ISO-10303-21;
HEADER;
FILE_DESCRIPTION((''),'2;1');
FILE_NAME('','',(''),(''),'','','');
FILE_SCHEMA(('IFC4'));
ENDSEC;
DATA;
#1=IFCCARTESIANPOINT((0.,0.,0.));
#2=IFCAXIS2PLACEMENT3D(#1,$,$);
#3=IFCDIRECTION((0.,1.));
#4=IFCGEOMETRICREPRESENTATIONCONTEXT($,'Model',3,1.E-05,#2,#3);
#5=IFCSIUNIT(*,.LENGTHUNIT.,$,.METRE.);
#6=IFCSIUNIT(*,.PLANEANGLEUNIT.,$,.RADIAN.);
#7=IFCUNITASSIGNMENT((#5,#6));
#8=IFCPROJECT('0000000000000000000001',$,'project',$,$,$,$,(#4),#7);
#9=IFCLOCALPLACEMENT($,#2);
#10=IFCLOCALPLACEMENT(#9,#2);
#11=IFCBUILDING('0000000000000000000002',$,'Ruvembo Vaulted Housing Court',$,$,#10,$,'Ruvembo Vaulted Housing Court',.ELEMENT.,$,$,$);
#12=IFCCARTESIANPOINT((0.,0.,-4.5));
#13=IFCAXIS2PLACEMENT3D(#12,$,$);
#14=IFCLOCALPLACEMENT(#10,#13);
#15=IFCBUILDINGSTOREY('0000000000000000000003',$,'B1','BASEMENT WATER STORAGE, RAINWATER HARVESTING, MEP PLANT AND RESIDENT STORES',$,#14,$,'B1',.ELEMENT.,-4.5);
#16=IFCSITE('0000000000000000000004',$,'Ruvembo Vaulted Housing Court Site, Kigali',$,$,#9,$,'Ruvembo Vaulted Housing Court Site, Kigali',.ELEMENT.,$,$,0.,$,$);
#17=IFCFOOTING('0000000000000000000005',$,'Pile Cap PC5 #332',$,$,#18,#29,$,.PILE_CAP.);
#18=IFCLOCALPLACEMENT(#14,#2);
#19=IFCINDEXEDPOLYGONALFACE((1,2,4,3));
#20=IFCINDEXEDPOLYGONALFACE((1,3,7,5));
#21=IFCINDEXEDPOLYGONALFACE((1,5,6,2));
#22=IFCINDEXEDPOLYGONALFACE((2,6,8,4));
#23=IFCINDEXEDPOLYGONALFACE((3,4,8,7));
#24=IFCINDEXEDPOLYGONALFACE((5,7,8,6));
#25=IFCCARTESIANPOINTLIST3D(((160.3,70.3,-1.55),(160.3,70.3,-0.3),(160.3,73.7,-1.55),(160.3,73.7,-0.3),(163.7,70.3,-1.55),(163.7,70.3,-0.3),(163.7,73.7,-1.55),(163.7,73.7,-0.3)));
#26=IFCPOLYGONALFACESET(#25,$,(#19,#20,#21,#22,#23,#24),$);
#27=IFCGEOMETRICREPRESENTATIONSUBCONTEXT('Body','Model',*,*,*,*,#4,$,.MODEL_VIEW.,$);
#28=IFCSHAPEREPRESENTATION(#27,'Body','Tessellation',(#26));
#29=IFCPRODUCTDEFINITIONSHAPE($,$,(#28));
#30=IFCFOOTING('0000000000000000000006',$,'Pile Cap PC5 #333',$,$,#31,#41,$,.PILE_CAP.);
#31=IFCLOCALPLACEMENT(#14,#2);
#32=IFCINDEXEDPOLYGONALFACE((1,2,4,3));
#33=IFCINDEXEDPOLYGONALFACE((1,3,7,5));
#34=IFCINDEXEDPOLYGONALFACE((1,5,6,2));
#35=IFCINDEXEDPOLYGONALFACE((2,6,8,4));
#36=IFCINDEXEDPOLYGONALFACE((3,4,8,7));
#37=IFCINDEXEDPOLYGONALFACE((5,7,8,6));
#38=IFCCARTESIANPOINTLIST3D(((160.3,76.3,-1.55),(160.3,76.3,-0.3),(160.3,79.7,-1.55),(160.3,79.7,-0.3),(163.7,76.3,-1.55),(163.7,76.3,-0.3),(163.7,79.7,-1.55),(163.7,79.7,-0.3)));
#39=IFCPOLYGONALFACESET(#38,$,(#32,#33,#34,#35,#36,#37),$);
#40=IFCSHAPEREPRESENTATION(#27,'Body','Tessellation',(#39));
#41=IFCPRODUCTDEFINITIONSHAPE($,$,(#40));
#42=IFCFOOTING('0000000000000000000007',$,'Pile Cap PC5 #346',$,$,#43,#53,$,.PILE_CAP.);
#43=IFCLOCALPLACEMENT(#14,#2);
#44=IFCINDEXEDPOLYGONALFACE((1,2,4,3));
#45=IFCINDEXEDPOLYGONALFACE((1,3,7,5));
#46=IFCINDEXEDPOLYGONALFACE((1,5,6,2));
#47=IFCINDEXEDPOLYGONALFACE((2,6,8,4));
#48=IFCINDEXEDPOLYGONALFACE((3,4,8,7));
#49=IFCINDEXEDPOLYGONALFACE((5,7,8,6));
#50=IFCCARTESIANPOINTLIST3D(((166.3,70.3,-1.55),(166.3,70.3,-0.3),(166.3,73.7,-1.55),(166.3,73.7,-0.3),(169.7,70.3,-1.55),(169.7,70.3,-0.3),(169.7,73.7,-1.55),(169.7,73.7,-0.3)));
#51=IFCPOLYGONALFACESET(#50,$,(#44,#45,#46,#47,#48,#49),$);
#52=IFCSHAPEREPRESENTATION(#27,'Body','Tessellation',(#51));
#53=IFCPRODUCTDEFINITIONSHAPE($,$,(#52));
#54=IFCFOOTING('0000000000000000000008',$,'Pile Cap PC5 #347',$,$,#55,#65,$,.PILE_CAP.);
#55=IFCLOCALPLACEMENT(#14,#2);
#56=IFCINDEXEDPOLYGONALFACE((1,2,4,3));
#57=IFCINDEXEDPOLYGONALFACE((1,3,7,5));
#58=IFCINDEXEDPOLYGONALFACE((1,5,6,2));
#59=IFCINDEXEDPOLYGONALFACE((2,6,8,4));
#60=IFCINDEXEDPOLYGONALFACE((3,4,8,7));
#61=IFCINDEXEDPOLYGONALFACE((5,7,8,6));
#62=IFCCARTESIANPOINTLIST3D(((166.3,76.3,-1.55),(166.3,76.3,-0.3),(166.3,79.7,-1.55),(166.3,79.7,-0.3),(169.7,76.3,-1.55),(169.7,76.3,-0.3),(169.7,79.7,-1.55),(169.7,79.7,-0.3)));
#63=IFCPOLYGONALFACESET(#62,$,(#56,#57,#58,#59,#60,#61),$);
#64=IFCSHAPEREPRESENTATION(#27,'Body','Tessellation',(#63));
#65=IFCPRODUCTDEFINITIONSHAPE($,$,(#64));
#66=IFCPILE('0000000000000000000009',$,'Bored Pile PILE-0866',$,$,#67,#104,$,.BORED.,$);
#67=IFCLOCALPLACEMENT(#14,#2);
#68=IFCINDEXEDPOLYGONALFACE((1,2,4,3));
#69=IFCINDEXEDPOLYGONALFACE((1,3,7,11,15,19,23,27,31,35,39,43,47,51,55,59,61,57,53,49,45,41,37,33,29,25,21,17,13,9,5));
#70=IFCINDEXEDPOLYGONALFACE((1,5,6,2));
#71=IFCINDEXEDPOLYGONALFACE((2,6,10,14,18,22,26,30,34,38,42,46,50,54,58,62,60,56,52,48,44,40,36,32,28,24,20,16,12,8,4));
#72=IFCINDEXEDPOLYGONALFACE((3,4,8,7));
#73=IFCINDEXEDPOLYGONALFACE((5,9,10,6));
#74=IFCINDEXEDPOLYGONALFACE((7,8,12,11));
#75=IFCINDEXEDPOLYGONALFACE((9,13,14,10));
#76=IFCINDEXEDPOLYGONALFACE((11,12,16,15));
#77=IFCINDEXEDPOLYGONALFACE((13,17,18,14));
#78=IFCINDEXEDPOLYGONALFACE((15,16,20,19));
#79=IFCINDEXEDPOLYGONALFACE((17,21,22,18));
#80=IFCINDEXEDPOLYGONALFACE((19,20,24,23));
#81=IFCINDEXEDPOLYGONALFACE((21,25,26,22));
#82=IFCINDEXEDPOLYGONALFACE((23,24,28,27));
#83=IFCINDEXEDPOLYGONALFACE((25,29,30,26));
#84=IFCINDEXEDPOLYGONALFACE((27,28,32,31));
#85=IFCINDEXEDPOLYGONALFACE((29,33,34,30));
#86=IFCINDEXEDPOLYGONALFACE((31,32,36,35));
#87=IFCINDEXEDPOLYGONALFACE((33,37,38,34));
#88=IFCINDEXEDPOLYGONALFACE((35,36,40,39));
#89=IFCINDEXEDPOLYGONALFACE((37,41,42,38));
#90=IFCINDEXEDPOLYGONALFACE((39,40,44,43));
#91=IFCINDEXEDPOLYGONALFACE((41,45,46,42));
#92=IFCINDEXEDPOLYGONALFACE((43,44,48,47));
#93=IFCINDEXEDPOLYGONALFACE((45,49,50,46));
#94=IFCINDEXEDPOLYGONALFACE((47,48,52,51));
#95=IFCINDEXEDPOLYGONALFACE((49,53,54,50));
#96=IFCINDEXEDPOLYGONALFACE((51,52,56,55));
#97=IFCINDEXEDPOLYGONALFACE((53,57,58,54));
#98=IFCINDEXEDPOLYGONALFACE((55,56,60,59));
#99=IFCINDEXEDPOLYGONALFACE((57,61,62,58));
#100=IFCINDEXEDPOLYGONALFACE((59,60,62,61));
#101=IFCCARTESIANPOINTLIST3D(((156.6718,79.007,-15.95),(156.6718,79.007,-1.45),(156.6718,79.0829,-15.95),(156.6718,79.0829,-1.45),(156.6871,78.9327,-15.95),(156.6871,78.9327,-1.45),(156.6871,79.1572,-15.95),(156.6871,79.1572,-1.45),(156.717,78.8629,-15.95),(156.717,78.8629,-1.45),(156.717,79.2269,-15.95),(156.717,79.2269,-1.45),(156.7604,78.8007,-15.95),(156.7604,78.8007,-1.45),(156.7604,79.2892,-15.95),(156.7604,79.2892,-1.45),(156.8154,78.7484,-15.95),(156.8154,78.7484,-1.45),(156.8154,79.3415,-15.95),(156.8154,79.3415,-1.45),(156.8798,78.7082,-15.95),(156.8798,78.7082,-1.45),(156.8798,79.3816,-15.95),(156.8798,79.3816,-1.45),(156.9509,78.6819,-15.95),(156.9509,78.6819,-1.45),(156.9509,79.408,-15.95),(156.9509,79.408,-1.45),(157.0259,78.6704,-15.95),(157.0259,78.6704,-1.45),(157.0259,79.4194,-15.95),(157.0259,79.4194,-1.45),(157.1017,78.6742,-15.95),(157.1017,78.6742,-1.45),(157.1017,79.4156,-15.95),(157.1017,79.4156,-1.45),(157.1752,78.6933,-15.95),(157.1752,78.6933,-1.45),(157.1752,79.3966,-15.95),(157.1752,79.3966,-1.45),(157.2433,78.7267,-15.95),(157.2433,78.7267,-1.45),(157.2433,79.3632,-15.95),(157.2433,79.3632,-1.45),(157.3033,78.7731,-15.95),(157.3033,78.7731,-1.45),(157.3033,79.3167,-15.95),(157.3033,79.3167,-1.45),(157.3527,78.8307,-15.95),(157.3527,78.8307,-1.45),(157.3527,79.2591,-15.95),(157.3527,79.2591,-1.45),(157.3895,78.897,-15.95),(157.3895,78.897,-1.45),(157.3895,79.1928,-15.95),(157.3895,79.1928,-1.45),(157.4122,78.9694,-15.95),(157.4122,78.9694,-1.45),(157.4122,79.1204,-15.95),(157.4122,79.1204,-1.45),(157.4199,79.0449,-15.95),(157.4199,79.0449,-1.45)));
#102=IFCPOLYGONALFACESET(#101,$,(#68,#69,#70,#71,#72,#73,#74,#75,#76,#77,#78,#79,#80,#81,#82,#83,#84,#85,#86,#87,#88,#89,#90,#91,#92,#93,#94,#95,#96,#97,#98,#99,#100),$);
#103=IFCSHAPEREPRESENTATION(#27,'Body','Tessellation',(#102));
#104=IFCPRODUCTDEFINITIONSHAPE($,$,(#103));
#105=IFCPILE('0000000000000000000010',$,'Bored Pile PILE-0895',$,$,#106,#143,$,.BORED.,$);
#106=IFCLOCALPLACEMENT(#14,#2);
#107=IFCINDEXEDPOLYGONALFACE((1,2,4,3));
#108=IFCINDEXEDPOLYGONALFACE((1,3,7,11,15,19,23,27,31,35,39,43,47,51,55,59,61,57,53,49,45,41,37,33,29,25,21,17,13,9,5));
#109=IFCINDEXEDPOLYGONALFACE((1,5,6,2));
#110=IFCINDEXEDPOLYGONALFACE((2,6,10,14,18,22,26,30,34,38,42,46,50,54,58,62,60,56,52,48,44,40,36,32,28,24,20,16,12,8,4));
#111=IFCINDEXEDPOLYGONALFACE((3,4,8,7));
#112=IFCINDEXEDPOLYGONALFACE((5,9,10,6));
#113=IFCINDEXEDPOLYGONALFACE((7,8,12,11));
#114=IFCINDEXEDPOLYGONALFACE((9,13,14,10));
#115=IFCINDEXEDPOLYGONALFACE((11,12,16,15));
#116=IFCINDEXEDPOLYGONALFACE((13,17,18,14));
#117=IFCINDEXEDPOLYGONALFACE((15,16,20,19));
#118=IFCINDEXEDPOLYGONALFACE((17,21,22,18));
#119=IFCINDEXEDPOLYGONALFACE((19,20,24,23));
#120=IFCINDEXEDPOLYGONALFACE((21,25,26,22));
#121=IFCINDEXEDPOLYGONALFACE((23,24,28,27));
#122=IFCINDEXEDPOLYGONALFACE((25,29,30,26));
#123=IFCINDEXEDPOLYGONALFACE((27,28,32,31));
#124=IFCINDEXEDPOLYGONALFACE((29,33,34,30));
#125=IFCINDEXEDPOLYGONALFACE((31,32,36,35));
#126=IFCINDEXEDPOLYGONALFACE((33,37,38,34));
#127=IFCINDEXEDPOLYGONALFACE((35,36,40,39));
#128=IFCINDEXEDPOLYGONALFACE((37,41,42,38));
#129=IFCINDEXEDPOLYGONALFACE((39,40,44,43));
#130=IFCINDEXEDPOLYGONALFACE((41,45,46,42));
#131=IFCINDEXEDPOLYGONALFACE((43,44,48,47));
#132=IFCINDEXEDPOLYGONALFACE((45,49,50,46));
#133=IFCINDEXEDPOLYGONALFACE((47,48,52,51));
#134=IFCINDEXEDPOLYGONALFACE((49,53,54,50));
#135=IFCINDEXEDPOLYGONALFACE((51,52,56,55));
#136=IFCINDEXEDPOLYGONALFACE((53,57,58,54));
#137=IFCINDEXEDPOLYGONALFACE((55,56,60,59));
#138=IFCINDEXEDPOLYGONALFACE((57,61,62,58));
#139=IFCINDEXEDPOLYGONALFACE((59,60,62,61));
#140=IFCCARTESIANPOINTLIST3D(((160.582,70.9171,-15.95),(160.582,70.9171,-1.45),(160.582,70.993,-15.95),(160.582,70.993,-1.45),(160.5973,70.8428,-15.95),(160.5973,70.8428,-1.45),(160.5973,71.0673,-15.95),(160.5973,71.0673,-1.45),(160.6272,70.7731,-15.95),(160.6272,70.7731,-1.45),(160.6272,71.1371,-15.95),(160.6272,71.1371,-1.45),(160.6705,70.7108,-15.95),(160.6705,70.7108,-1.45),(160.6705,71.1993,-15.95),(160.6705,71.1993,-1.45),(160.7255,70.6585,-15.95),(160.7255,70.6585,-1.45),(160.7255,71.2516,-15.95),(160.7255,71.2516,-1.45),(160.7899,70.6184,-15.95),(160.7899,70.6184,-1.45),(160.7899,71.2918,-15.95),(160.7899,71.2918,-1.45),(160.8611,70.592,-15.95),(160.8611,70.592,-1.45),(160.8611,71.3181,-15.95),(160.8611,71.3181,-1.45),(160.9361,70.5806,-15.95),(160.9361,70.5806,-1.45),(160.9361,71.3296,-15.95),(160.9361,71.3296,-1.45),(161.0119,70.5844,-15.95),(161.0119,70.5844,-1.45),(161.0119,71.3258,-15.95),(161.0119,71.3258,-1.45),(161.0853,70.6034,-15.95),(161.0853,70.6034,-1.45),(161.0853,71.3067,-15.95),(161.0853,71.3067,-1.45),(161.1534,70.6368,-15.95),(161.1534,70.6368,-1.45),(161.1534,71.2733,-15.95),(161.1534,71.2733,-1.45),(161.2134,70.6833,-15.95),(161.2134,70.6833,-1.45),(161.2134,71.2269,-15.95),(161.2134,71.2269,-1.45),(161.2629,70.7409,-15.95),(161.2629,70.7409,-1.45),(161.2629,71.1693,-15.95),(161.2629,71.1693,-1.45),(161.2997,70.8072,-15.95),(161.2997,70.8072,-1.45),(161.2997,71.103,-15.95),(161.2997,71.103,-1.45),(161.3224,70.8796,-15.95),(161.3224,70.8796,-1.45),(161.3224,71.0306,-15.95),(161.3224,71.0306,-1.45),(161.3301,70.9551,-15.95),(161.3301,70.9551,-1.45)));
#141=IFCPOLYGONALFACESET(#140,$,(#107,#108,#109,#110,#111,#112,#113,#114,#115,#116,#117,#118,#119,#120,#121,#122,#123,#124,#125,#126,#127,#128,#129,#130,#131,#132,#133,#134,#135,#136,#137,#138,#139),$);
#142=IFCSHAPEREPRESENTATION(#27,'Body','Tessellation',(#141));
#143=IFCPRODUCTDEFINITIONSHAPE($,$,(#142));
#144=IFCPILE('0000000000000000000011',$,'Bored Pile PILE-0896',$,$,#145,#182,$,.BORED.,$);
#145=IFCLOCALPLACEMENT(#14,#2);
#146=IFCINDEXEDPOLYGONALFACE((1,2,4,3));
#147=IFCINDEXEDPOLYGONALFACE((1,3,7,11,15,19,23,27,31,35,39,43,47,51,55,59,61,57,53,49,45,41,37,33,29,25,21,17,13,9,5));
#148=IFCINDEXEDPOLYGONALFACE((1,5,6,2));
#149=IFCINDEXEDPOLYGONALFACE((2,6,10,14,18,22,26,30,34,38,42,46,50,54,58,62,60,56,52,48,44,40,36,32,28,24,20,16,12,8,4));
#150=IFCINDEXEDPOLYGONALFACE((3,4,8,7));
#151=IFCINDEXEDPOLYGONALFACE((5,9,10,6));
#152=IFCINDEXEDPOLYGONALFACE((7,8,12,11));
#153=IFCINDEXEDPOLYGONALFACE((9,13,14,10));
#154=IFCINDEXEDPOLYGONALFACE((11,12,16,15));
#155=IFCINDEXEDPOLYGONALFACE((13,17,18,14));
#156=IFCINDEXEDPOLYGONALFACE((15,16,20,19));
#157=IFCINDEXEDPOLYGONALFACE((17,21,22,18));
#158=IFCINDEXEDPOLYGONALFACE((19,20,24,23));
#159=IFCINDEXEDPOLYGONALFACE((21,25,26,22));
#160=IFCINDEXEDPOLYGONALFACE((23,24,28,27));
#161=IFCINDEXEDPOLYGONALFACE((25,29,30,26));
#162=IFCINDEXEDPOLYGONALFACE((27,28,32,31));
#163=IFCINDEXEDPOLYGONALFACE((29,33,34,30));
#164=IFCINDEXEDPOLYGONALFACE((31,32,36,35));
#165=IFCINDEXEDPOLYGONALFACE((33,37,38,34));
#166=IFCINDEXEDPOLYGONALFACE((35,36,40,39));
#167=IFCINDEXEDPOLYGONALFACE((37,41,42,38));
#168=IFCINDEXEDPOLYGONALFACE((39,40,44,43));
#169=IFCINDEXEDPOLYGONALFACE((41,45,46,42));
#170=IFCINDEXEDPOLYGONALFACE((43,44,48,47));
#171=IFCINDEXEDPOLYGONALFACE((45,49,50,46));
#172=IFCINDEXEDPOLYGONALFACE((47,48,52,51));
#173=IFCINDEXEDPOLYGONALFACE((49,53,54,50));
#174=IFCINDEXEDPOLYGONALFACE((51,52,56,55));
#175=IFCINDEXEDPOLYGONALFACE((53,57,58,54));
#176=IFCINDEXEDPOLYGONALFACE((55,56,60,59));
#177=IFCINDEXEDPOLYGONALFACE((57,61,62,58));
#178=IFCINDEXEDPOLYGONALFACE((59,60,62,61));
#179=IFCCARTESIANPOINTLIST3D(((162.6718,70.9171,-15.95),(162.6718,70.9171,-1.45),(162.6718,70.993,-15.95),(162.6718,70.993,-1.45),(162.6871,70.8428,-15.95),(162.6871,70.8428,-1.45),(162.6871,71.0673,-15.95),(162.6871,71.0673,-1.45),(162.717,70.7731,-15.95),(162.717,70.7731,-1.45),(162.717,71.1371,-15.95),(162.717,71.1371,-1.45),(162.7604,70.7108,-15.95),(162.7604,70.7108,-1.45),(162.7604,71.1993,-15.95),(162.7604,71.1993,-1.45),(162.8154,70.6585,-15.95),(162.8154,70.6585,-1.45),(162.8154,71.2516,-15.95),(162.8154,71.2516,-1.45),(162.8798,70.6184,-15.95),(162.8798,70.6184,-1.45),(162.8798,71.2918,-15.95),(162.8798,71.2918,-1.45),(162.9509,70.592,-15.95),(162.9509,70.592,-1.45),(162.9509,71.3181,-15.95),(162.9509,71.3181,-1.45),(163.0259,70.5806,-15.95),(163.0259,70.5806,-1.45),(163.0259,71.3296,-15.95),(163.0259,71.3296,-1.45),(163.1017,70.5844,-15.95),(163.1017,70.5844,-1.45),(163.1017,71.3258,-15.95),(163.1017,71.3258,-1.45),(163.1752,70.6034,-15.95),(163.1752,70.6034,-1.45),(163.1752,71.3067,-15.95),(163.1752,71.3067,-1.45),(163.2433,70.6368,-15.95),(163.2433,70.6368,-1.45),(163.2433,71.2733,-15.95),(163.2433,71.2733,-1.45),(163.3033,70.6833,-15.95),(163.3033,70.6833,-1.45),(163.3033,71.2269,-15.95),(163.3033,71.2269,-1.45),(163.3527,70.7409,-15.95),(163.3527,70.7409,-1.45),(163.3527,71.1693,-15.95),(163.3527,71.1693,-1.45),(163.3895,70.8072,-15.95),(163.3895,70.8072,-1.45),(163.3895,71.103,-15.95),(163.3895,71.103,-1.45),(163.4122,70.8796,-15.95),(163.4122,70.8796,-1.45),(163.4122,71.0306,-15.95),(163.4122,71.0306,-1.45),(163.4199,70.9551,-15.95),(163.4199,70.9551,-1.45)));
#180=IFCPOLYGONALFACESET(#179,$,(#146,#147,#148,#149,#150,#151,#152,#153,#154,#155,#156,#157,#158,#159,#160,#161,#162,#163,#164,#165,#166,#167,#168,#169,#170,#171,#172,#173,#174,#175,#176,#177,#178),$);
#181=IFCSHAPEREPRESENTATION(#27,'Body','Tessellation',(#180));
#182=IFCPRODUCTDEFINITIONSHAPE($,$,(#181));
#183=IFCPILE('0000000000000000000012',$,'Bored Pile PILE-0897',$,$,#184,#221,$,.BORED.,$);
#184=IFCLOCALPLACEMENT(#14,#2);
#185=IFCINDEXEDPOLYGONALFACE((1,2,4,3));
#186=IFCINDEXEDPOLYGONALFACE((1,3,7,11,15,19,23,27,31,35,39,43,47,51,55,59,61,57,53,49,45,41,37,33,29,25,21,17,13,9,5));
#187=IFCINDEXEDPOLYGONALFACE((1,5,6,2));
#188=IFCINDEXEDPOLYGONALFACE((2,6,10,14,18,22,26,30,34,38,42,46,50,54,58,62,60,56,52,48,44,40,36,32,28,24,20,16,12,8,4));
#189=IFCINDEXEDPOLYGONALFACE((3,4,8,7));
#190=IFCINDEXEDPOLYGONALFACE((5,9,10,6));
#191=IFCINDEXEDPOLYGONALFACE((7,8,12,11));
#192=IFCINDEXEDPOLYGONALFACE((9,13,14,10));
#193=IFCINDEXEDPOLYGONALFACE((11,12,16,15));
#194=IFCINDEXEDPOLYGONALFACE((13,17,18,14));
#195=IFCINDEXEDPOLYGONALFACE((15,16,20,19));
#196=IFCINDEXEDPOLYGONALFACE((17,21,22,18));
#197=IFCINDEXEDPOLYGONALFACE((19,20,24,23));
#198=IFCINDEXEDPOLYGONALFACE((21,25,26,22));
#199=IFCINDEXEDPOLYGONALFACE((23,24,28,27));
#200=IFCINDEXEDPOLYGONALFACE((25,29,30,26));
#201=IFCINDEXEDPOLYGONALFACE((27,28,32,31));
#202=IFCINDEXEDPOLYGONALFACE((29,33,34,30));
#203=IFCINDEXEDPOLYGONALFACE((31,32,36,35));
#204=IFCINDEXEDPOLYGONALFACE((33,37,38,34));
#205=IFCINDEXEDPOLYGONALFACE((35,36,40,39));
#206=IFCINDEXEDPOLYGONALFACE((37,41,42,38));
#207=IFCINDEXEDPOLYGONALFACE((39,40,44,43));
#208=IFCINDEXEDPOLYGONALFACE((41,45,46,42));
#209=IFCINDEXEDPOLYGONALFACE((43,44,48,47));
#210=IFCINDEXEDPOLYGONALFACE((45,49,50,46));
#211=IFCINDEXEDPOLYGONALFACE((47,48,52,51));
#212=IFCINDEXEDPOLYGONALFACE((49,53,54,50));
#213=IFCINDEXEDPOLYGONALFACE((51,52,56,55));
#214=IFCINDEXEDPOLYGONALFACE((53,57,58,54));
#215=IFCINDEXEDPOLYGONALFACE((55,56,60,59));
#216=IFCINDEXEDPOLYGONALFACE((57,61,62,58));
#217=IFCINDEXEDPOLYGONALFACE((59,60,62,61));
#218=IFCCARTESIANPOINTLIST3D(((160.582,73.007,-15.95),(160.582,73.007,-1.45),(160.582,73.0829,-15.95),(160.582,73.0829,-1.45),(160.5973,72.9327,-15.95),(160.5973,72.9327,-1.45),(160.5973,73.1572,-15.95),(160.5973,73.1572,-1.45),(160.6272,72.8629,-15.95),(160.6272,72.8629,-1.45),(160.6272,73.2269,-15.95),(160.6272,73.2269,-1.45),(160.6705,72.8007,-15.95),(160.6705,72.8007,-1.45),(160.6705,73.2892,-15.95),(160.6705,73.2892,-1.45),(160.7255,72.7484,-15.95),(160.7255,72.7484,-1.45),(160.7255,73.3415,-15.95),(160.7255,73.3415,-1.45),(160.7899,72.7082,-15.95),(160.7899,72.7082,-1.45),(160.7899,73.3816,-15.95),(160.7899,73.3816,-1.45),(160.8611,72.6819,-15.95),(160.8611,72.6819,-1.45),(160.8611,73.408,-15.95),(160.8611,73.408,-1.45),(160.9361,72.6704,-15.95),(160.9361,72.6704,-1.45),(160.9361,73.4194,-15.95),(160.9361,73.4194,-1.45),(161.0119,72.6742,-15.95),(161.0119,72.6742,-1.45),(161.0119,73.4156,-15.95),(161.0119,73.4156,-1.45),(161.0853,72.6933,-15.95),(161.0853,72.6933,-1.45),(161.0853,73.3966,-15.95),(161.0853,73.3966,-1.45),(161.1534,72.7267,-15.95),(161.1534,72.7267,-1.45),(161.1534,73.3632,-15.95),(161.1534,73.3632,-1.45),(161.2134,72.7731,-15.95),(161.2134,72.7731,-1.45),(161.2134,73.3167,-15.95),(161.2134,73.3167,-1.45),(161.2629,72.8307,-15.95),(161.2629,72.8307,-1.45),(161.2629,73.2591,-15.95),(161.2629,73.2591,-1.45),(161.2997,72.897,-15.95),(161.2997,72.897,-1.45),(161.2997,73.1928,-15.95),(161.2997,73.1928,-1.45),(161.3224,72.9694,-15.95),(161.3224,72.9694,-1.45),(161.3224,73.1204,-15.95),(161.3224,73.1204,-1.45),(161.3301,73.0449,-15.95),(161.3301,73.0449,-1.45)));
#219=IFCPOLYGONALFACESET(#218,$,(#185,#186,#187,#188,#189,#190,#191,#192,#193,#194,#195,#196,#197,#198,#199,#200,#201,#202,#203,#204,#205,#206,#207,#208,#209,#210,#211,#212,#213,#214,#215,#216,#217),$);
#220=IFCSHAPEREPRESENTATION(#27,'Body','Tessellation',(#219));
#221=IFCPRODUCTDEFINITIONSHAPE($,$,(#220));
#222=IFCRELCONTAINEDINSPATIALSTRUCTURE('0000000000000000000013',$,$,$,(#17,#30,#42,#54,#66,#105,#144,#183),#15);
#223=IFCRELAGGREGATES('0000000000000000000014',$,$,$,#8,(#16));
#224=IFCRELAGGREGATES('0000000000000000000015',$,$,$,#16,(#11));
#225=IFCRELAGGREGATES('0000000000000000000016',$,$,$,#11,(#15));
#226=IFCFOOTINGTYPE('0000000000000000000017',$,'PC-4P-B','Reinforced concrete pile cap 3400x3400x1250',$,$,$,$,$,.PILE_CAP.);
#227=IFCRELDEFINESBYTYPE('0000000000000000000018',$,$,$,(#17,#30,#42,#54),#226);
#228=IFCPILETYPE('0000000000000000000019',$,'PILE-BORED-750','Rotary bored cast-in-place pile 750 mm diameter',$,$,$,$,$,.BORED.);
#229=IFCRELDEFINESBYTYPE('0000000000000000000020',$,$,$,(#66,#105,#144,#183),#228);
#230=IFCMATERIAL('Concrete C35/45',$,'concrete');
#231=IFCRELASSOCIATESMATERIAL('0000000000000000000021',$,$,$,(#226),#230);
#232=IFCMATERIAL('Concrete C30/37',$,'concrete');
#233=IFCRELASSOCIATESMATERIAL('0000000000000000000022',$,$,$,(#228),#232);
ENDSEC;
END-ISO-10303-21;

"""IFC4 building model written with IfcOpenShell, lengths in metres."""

from ifc_helpers import new_model, si_unit, direction, frame, origin, origin_2d, place, context, subcontext, project, spatial, rectangle, circle, extrude, material, material_profile, profile_set, type_object, element, save


model = new_model("IFC4")

# Units and contexts
model_context = context("Model", 3, precision=1e-05, world=origin(), true_north=direction((0.0, 1.0)))
body_context = subcontext(model_context, "Body", "Model", "MODEL_VIEW")
ifc_project = project(units=[si_unit("LENGTHUNIT", "METRE"), si_unit("PLANEANGLEUNIT", "RADIAN")], contexts=[model_context])

# Site, building, storey
site_placement = place(None, origin())
site = spatial("IfcSite", under=ifc_project, at=site_placement, Name="Ruvembo Vaulted Housing Court Site, Kigali", LongName="Ruvembo Vaulted Housing Court Site, Kigali", CompositionType="ELEMENT", RefElevation=0.0)
building_placement = place(site_placement, origin())
building = spatial("IfcBuilding", under=site, at=building_placement, Name="Ruvembo Vaulted Housing Court", LongName="Ruvembo Vaulted Housing Court", CompositionType="ELEMENT")
storey_placement = place(building_placement, frame((0.0, 0.0, -4.5)))
storey = spatial("IfcBuildingStorey", under=building, at=storey_placement, Name="B1", Description="BASEMENT WATER STORAGE, RAINWATER HARVESTING, MEP PLANT AND RESIDENT STORES", LongName="B1", CompositionType="ELEMENT", Elevation=-4.5)

# Footings
ifc_material_1 = material(Name="Concrete C35/45", Category="concrete")
footing_type = type_object("IfcFootingType", Name="PC-4P-B", Description="Reinforced concrete pile cap 3400x3400x1250", PredefinedType="PILE_CAP", material=ifc_material_1)
for number, where, z_axis, x_axis, name in (
    (1, (162.0, 72.0, -1.55), (0.0, 0.0, 1.0), (1.0, 0.0, 0.0), "Pile Cap PC5 #332"),
    (2, (162.0, 78.0, -1.55), (0.0, 0.0, 1.0), (1.0, 0.0, 0.0), "Pile Cap PC5 #333"),
    (3, (168.0, 72.0, -1.55), (0.0, 0.0, 1.0), (1.0, 0.0, 0.0), "Pile Cap PC5 #346"),
    (4, (168.0, 78.0, -1.55), (0.0, 0.0, 1.0), (1.0, 0.0, 0.0), "Pile Cap PC5 #347"),
):
    element("IfcFooting", number, at=place(storey_placement, frame(where, z_axis=z_axis, x_axis=x_axis)), inside=storey, type_object=footing_type, Name=name, PredefinedType="PILE_CAP", context=body_context, shape_type="SweptSolid", body=[
        extrude(rectangle(XDim=3.3999, YDim=3.3999, at=origin_2d()), origin(), (0.0, 0.0, 1.0), 1.25),
    ])

# Piles
ifc_material_2 = material(Name="Concrete C30/37", Category="concrete")
ifc_material_profile_1 = material_profile(ifc_material_2, circle(Radius=0.375, at=origin_2d()), Name="PILE D750")
ifc_profile_set_1 = profile_set([ifc_material_profile_1], Name="Concrete C30/37")
pile_type = type_object("IfcPileType", Name="PILE-BORED-750", Description="Rotary bored cast-in-place pile 750 mm diameter", PredefinedType="BORED", material=ifc_profile_set_1)
for number, where, z_axis, x_axis, name in (
    (5, (157.0449, 79.0449, -1.45), (0.0, 0.0, -1.0), (1.0, 0.0, 0.0), "Bored Pile PILE-0866"),
    (6, (160.9551, 70.9551, -1.45), (0.0, 0.0, -1.0), (1.0, 0.0, 0.0), "Bored Pile PILE-0895"),
    (7, (163.0449, 70.9551, -1.45), (0.0, 0.0, -1.0), (1.0, 0.0, 0.0), "Bored Pile PILE-0896"),
    (8, (160.9551, 73.0449, -1.45), (0.0, 0.0, -1.0), (1.0, 0.0, 0.0), "Bored Pile PILE-0897"),
):
    element("IfcPile", number, at=place(storey_placement, frame(where, z_axis=z_axis, x_axis=x_axis)), inside=storey, type_object=pile_type, Name=name, PredefinedType="BORED", context=body_context, shape_type="SweptSolid", body=[
        extrude(circle(Radius=0.375, at=origin_2d()), origin(), (0.0, 0.0, 1.0), 14.5),
    ])

save(model, "model.ifc")
